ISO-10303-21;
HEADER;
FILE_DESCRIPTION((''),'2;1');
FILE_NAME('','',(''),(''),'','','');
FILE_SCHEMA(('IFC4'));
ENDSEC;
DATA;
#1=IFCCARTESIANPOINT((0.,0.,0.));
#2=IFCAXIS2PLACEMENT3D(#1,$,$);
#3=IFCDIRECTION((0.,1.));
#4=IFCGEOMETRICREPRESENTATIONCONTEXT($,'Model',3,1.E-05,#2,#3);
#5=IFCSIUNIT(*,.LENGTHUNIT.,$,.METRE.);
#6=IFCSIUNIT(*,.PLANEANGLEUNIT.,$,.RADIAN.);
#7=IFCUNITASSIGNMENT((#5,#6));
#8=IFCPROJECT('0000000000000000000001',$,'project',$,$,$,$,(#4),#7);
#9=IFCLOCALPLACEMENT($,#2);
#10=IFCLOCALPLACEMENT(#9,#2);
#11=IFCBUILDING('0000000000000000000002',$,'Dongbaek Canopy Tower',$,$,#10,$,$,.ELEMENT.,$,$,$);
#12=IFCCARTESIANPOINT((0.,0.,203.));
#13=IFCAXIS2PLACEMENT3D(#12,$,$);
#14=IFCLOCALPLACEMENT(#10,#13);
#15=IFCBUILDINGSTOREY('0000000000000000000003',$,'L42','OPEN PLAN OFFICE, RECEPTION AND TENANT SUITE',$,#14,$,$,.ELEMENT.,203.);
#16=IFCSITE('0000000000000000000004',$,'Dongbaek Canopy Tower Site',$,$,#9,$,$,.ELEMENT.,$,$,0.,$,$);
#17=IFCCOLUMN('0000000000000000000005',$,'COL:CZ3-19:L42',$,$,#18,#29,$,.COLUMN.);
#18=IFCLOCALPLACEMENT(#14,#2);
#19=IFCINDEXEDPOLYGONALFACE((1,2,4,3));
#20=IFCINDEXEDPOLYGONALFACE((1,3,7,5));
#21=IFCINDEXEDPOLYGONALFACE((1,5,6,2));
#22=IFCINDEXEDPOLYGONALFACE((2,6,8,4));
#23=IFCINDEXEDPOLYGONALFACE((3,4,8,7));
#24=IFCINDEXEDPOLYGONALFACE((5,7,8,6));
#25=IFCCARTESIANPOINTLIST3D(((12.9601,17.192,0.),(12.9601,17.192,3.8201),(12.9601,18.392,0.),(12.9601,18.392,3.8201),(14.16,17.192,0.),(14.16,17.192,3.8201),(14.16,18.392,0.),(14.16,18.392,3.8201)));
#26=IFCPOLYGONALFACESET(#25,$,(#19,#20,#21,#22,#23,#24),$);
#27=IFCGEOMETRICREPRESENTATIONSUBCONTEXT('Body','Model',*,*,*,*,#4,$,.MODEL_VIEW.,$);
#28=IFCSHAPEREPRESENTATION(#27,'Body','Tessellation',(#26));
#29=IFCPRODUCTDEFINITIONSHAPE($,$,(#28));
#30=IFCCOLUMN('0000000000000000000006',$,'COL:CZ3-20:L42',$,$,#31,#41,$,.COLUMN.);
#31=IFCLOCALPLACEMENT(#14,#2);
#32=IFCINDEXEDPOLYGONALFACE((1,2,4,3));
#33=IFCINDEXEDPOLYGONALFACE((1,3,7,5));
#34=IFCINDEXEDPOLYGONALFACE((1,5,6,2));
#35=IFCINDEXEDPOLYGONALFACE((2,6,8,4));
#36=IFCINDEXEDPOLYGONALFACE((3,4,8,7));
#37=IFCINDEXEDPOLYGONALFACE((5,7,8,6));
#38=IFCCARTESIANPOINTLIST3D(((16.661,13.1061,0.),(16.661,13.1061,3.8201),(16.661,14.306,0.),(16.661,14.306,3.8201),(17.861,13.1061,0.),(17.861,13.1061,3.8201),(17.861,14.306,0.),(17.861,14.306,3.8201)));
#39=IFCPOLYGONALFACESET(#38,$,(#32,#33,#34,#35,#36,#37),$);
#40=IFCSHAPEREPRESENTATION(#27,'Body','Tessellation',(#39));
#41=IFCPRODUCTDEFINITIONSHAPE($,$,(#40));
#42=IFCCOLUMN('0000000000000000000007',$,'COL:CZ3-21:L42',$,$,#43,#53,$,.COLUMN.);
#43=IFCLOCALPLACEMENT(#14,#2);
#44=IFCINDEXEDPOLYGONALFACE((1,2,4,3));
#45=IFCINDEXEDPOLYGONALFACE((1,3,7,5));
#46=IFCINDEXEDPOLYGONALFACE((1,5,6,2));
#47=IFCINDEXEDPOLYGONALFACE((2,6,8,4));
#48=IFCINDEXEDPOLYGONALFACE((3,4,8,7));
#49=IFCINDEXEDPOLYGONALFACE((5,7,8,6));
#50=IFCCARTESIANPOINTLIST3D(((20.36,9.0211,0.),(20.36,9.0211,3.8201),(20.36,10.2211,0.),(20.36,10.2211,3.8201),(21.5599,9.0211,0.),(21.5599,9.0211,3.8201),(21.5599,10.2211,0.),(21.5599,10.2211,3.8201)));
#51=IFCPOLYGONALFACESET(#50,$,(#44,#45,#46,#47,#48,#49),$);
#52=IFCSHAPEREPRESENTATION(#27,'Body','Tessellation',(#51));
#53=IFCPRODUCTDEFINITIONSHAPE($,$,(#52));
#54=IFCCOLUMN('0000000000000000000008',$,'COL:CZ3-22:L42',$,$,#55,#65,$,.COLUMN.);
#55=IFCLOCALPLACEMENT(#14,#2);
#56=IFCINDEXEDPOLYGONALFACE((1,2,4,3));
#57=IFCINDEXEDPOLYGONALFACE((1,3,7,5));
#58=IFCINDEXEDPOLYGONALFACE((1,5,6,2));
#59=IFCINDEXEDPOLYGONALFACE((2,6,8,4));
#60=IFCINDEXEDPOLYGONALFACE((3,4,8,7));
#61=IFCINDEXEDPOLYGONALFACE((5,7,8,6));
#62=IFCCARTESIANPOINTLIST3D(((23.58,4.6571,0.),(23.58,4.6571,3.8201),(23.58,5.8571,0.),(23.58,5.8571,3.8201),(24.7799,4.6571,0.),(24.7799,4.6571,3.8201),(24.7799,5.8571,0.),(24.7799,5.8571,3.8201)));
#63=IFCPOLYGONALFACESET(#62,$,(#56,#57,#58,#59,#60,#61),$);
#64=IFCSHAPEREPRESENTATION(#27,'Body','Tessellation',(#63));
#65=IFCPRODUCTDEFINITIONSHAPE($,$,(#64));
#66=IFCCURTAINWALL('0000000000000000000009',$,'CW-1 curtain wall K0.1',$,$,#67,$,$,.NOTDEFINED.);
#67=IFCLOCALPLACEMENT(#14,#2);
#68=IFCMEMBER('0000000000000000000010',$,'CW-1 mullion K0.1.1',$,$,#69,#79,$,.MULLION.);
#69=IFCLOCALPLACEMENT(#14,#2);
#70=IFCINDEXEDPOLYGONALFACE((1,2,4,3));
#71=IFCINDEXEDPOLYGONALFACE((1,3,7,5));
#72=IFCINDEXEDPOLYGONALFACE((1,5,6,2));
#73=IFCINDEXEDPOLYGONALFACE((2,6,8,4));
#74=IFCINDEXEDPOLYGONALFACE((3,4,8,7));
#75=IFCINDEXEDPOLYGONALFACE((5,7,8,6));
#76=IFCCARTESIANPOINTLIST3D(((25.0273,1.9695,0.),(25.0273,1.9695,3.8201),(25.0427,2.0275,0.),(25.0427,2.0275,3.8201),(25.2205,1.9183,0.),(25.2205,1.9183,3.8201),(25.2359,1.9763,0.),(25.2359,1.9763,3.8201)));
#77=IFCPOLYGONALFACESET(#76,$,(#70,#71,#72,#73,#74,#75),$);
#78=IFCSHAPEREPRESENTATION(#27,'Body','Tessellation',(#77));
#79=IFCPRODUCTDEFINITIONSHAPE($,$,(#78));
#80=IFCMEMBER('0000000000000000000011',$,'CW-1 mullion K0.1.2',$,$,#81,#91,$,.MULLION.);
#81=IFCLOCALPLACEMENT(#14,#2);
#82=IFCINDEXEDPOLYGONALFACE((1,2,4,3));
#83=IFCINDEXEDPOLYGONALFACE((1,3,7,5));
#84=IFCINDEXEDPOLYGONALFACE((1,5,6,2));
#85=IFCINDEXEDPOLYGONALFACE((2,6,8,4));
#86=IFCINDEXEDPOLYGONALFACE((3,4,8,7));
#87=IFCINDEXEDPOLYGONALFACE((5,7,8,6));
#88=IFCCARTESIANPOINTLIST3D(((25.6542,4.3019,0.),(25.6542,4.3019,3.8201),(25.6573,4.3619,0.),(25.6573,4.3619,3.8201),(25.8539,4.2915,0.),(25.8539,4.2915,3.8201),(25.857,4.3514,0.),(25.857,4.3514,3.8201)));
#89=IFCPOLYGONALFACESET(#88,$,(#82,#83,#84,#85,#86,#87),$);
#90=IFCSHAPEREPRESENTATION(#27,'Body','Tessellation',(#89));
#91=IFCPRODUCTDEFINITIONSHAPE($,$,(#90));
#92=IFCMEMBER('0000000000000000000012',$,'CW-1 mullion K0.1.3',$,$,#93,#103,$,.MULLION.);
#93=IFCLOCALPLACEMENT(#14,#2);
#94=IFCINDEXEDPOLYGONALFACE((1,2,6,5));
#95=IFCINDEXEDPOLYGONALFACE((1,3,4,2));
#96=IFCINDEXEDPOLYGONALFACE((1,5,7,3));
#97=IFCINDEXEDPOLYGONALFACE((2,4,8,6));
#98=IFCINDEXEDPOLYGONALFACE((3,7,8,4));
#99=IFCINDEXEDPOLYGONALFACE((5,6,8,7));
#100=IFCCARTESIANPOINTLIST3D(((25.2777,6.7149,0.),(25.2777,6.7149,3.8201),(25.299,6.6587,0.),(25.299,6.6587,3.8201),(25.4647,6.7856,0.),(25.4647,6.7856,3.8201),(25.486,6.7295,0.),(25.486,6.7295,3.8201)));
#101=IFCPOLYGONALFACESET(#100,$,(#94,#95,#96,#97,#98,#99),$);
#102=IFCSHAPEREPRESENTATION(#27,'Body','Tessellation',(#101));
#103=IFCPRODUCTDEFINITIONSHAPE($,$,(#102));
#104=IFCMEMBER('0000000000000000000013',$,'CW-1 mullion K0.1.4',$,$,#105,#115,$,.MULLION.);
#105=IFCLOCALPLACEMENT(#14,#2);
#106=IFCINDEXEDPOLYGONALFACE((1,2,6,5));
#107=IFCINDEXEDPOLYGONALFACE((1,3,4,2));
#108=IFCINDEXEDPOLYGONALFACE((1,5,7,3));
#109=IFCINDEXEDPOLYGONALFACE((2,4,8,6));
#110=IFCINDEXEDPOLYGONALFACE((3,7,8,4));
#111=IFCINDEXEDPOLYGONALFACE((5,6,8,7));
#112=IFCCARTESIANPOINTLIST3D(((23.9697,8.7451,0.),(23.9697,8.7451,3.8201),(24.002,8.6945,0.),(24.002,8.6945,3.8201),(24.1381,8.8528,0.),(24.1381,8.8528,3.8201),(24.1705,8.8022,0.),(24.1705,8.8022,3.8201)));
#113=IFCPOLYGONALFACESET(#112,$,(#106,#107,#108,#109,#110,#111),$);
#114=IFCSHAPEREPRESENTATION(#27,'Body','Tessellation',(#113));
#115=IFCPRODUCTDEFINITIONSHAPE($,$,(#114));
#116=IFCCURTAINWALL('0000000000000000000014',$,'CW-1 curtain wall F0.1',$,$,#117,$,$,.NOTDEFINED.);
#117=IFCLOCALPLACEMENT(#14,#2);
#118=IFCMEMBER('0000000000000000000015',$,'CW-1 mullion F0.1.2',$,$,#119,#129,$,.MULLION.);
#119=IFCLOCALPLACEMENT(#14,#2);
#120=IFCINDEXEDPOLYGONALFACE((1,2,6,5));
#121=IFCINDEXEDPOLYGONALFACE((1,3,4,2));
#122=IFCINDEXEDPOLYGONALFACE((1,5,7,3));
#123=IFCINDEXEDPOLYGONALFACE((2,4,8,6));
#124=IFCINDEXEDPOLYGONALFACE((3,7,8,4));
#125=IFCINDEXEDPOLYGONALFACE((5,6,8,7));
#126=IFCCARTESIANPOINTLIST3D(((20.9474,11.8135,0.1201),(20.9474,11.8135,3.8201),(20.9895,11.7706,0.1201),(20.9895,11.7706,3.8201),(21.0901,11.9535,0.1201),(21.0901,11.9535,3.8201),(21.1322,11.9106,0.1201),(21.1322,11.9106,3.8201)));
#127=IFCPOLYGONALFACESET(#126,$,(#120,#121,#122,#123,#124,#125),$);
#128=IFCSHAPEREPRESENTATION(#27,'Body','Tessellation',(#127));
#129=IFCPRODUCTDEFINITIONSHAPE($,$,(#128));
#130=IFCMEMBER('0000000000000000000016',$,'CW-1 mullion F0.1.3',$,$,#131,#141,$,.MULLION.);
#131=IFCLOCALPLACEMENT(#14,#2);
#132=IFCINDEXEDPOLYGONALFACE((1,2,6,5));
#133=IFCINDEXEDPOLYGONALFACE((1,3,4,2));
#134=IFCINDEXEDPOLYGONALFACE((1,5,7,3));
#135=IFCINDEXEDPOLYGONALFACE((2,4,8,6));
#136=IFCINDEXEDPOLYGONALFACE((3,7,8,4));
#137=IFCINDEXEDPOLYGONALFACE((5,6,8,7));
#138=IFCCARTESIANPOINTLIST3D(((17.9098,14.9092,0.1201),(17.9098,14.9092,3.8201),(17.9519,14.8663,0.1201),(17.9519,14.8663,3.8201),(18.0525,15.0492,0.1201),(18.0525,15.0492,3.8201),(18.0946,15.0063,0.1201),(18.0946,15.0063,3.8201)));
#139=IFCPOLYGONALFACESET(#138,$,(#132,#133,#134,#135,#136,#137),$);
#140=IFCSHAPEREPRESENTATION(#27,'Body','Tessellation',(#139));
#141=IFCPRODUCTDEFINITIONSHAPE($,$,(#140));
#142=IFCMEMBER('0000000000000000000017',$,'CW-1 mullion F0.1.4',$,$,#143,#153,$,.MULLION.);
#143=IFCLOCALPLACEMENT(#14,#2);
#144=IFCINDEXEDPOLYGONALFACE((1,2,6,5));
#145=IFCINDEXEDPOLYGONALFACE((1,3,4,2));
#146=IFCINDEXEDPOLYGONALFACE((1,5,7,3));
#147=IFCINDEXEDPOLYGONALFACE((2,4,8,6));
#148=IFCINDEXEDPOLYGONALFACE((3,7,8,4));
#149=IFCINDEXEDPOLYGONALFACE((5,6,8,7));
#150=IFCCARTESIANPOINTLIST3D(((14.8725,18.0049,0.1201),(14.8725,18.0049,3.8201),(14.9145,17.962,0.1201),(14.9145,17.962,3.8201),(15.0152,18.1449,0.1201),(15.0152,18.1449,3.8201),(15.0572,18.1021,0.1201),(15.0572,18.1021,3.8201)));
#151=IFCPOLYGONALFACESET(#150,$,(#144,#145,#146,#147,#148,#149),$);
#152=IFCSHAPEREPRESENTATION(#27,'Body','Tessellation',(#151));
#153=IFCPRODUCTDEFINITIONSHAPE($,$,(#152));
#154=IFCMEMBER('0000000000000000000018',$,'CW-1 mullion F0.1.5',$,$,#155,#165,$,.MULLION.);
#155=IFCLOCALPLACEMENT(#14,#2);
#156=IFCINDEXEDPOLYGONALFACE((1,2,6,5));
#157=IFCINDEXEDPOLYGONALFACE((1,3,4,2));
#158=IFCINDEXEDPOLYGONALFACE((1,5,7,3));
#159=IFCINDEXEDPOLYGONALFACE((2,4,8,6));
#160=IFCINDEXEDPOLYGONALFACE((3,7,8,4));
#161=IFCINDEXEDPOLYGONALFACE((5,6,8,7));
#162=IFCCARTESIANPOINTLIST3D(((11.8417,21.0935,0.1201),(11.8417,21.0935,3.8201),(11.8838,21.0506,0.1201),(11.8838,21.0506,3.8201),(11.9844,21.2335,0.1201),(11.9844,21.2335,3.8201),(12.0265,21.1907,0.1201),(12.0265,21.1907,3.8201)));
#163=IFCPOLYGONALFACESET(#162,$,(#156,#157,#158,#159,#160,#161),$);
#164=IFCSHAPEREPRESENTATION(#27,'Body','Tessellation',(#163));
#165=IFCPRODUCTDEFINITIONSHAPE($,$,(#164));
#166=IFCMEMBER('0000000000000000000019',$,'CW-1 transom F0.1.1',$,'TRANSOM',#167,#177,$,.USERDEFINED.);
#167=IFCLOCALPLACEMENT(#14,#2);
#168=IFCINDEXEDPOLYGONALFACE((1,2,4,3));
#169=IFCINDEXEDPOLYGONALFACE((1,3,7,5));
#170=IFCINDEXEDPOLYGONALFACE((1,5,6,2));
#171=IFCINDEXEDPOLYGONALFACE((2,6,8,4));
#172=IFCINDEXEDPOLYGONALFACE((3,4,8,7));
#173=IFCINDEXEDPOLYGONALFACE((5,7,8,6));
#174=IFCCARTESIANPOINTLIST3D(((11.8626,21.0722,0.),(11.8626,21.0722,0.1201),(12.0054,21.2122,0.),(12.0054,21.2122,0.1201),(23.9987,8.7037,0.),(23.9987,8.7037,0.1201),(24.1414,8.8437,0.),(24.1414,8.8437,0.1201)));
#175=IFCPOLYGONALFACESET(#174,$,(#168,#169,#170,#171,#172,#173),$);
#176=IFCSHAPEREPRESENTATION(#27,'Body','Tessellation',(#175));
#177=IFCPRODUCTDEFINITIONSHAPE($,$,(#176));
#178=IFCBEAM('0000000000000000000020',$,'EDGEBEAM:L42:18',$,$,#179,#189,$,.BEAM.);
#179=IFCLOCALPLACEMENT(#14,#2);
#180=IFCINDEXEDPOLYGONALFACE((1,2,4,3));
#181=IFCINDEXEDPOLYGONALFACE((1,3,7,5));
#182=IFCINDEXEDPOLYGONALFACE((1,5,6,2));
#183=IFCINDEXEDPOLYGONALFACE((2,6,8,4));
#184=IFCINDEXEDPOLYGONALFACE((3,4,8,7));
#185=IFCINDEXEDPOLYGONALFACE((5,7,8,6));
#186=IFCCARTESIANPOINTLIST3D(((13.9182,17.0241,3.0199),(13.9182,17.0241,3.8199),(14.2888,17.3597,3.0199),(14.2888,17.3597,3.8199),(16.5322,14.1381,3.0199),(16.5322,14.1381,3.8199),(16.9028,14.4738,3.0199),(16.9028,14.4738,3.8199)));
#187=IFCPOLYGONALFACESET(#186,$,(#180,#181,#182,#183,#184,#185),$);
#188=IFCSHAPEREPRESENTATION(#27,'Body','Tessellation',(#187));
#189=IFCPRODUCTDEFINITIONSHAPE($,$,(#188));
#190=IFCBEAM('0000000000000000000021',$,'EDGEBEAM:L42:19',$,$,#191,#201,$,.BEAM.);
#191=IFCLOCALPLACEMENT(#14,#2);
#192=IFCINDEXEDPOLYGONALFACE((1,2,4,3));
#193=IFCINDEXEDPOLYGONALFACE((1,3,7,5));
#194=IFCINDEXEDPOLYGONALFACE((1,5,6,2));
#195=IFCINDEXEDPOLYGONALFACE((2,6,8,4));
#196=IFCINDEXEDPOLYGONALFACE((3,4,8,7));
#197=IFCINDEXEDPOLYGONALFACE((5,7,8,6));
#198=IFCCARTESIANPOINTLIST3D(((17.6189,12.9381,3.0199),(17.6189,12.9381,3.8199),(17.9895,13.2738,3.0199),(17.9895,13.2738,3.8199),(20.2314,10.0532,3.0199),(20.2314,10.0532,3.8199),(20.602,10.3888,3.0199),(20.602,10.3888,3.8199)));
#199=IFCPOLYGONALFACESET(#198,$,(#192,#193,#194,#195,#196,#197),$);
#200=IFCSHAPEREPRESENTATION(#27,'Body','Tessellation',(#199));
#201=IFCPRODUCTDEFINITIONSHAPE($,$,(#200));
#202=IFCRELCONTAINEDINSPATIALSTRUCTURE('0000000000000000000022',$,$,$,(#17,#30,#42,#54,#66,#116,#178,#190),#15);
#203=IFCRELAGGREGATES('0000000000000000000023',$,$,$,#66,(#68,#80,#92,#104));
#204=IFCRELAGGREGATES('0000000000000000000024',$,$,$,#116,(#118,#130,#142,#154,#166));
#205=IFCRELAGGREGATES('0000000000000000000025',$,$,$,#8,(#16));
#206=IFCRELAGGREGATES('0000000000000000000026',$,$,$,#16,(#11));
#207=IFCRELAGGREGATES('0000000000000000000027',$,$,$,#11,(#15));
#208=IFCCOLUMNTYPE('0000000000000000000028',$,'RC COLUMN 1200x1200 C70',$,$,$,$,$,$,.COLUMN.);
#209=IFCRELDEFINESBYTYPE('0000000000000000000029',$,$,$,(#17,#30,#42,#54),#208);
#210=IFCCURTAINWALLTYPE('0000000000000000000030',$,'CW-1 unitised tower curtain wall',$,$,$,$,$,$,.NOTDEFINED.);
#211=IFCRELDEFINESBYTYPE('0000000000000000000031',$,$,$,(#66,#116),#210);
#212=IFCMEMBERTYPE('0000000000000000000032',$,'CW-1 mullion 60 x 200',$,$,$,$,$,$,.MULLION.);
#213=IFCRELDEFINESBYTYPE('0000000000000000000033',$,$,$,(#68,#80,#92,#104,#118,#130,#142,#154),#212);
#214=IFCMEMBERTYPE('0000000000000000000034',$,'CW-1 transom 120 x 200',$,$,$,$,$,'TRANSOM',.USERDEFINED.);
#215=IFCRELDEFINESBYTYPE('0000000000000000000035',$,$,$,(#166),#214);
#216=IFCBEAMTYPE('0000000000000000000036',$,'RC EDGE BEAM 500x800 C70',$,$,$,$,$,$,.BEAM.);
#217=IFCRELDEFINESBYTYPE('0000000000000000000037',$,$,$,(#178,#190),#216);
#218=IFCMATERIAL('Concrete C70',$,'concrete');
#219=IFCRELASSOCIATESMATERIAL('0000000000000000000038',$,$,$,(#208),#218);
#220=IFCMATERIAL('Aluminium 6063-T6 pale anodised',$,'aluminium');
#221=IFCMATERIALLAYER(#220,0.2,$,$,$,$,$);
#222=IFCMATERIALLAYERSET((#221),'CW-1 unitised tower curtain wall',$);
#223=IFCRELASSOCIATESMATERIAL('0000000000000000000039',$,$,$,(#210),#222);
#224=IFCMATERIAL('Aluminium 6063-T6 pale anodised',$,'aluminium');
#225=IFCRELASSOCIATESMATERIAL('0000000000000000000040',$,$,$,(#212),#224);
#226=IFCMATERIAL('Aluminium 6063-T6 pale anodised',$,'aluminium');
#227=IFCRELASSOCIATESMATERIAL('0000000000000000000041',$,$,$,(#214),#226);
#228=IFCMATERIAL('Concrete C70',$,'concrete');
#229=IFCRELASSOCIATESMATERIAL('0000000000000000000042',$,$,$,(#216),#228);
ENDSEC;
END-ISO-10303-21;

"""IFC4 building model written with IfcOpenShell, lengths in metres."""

from ifc_helpers import new_model, si_unit, direction, frame, origin, origin_2d, place, context, subcontext, project, spatial, rectangle, extrude, material, layer, layer_set, material_profile, profile_set, type_object, element, aggregate, save


model = new_model("IFC4")

# Units and contexts
model_context = context("Model", 3, precision=1e-05, world=origin(), true_north=direction((0.0, 1.0)))
body_context = subcontext(model_context, "Body", "Model", "MODEL_VIEW")
ifc_project = project(units=[si_unit("LENGTHUNIT", "METRE"), si_unit("PLANEANGLEUNIT", "RADIAN")], contexts=[model_context])

# Site, building, storey
site_placement = place(None, origin())
site = spatial("IfcSite", under=ifc_project, at=site_placement, Name="Dongbaek Canopy Tower Site", CompositionType="ELEMENT", RefElevation=0.0)
building_placement = place(site_placement, origin())
building = spatial("IfcBuilding", under=site, at=building_placement, Name="Dongbaek Canopy Tower", CompositionType="ELEMENT")
storey_placement = place(building_placement, frame((0.0, 0.0, 203.0)))
storey = spatial("IfcBuildingStorey", under=building, at=storey_placement, Name="L42", Description="OPEN PLAN OFFICE, RECEPTION AND TENANT SUITE", CompositionType="ELEMENT", Elevation=203.0)

# Columns
ifc_material_1 = material(Name="Concrete C70", Category="concrete")
ifc_material_profile_1 = material_profile(ifc_material_1, rectangle(XDim=1.2, YDim=1.2, at=origin_2d()), Name="RC COLUMN 1200x1200 C70")
ifc_profile_set_1 = profile_set([ifc_material_profile_1], Name="Concrete C70")
column_type = type_object("IfcColumnType", Name="RC COLUMN 1200x1200 C70", PredefinedType="COLUMN", material=ifc_profile_set_1)
for number, where, z_axis, x_axis, name in (
    (1, (13.5601, 17.792, 0.0), (0.0, 0.0, 1.0), (1.0, 0.0, 0.0), "COL:CZ3-19:L42"),
    (2, (17.261, 13.7061, 0.0), (0.0, 0.0, 1.0), (1.0, 0.0, 0.0), "COL:CZ3-20:L42"),
    (3, (20.96, 9.6211, 0.0), (0.0, 0.0, 1.0), (1.0, 0.0, 0.0), "COL:CZ3-21:L42"),
    (4, (24.1799, 5.2571, 0.0), (0.0, 0.0, 1.0), (1.0, 0.0, 0.0), "COL:CZ3-22:L42"),
):
    element("IfcColumn", number, at=place(storey_placement, frame(where, z_axis=z_axis, x_axis=x_axis)), inside=storey, type_object=column_type, Name=name, PredefinedType="COLUMN", context=body_context, shape_type="SweptSolid", body=[
        extrude(rectangle(XDim=1.2, YDim=1.2, at=origin_2d()), origin(), (0.0, 0.0, 1.0), 3.8201),
    ])

# Curtain walls, members
ifc_material_2 = material(Name="Aluminium 6063-T6 pale anodised", Category="aluminium")
ifc_layer_1 = layer(ifc_material_2, 0.2)
ifc_layer_set_1 = layer_set([ifc_layer_1], Name="CW-1 unitised tower curtain wall")
curtain_wall_type = type_object("IfcCurtainWallType", Name="CW-1 unitised tower curtain wall", PredefinedType="NOTDEFINED", material=ifc_layer_set_1)
curtain_wall_1_placement = place(storey_placement, origin())
curtain_wall_1 = element("IfcCurtainWall", 5, at=curtain_wall_1_placement, inside=storey, type_object=curtain_wall_type, Name="CW-1 curtain wall K0.1", PredefinedType="NOTDEFINED")
ifc_material_3 = material(Name="Aluminium 6063-T6 pale anodised", Category="aluminium")
ifc_material_profile_2 = material_profile(ifc_material_3, rectangle(XDim=0.2, YDim=0.0601, at=origin_2d()), Name="CW-1 mullion 60 x 200")
ifc_profile_set_2 = profile_set([ifc_material_profile_2], Name="Aluminium 6063-T6 pale anodised")
member_type_1 = type_object("IfcMemberType", Name="CW-1 mullion 60 x 200", PredefinedType="MULLION", material=ifc_profile_set_2)
member_1_placement = place(storey_placement, frame((25.1316, 1.9729, 0.0), z_axis=(0.0, 0.0, 1.0), x_axis=(0.966599, -0.256293, 0.0)))
member_1 = element("IfcMember", 6, at=member_1_placement, type_object=member_type_1, Name="CW-1 mullion K0.1.1", PredefinedType="MULLION", context=body_context, shape_type="SweptSolid", body=[
    extrude(rectangle(XDim=0.2, YDim=0.0601, at=origin_2d()), origin(), (0.0, 0.0, 1.0), 3.8201),
])
member_2_placement = place(storey_placement, frame((25.7556, 4.3267, 0.0), z_axis=(0.0, 0.0, 1.0), x_axis=(0.99864, -0.052142, 0.0)))
member_2 = element("IfcMember", 7, at=member_2_placement, type_object=member_type_1, Name="CW-1 mullion K0.1.2", PredefinedType="MULLION", context=body_context, shape_type="SweptSolid", body=[
    extrude(rectangle(XDim=0.2, YDim=0.0601, at=origin_2d()), origin(), (0.0, 0.0, 1.0), 3.8201),
])
member_3_placement = place(storey_placement, frame((25.3818, 6.7222, 0.0), z_axis=(0.0, 0.0, 1.0), x_axis=(0.935235, 0.354027, 0.0)))
member_3 = element("IfcMember", 8, at=member_3_placement, type_object=member_type_1, Name="CW-1 mullion K0.1.3", PredefinedType="MULLION", context=body_context, shape_type="SweptSolid", body=[
    extrude(rectangle(XDim=0.2, YDim=0.0601, at=origin_2d()), origin(), (0.0, 0.0, 1.0), 3.8201),
])
member_4_placement = place(storey_placement, frame((24.0701, 8.7737, 0.0), z_axis=(0.0, 0.0, 1.0), x_axis=(0.842498, 0.5387, 0.0)))
member_4 = element("IfcMember", 9, at=member_4_placement, type_object=member_type_1, Name="CW-1 mullion K0.1.4", PredefinedType="MULLION", context=body_context, shape_type="SweptSolid", body=[
    extrude(rectangle(XDim=0.2, YDim=0.0601, at=origin_2d()), origin(), (0.0, 0.0, 1.0), 3.8201),
])
curtain_wall_2_placement = place(storey_placement, origin())
curtain_wall_2 = element("IfcCurtainWall", 10, at=curtain_wall_2_placement, inside=storey, type_object=curtain_wall_type, Name="CW-1 curtain wall F0.1", PredefinedType="NOTDEFINED")
member_5_placement = place(storey_placement, frame((21.0398, 11.8621, 0.1201), z_axis=(0.0, 0.0, 1.0), x_axis=(0.713782, 0.700368, 0.0)))
member_5 = element("IfcMember", 11, at=member_5_placement, type_object=member_type_1, Name="CW-1 mullion F0.1.2", PredefinedType="MULLION", context=body_context, shape_type="SweptSolid", body=[
    extrude(rectangle(XDim=0.2, YDim=0.0601, at=origin_2d()), origin(), (0.0, 0.0, 1.0), 3.7),
])
member_6_placement = place(storey_placement, frame((18.0022, 14.9578, 0.1201), z_axis=(0.0, 0.0, 1.0), x_axis=(0.713782, 0.700368, 0.0)))
member_6 = element("IfcMember", 12, at=member_6_placement, type_object=member_type_1, Name="CW-1 mullion F0.1.3", PredefinedType="MULLION", context=body_context, shape_type="SweptSolid", body=[
    extrude(rectangle(XDim=0.2, YDim=0.0601, at=origin_2d()), origin(), (0.0, 0.0, 1.0), 3.7),
])
member_7_placement = place(storey_placement, frame((14.9648, 18.0535, 0.1201), z_axis=(0.0, 0.0, 1.0), x_axis=(0.713782, 0.700368, 0.0)))
member_7 = element("IfcMember", 13, at=member_7_placement, type_object=member_type_1, Name="CW-1 mullion F0.1.4", PredefinedType="MULLION", context=body_context, shape_type="SweptSolid", body=[
    extrude(rectangle(XDim=0.2, YDim=0.0601, at=origin_2d()), origin(), (0.0, 0.0, 1.0), 3.7),
])
member_8_placement = place(storey_placement, frame((11.9341, 21.1421, 0.1201), z_axis=(0.0, 0.0, 1.0), x_axis=(0.713782, 0.700368, 0.0)))
member_8 = element("IfcMember", 14, at=member_8_placement, type_object=member_type_1, Name="CW-1 mullion F0.1.5", PredefinedType="MULLION", context=body_context, shape_type="SweptSolid", body=[
    extrude(rectangle(XDim=0.2, YDim=0.0601, at=origin_2d()), origin(), (0.0, 0.0, 1.0), 3.7),
])
ifc_material_4 = material(Name="Aluminium 6063-T6 pale anodised", Category="aluminium")
ifc_material_profile_3 = material_profile(ifc_material_4, rectangle(XDim=0.2, YDim=0.1201, at=origin_2d()), Name="CW-1 transom 120 x 200")
ifc_profile_set_3 = profile_set([ifc_material_profile_3], Name="Aluminium 6063-T6 pale anodised")
member_type_2 = type_object("IfcMemberType", Name="CW-1 transom 120 x 200", ElementType="TRANSOM", PredefinedType="USERDEFINED", material=ifc_profile_set_3)
member_9_placement = place(storey_placement, frame((24.0701, 8.7737, 0.0601), z_axis=(-0.700368, 0.713782, 0.0), x_axis=(-0.713782, -0.700368, 0.0)))
member_9 = element("IfcMember", 15, at=member_9_placement, type_object=member_type_2, Name="CW-1 transom F0.1.1", ObjectType="TRANSOM", PredefinedType="USERDEFINED", context=body_context, shape_type="SweptSolid", body=[
    extrude(rectangle(XDim=0.2, YDim=0.1201, at=origin_2d()), origin(), (0.0, 0.0, 1.0), 17.3281),
])

# Beams
ifc_material_5 = material(Name="Concrete C70", Category="concrete")
ifc_material_profile_4 = material_profile(ifc_material_5, rectangle(XDim=0.5, YDim=0.8, at=origin_2d()), Name="RC EDGE BEAM 500x800 C70")
ifc_profile_set_4 = profile_set([ifc_material_profile_4], Name="Concrete C70")
beam_type = type_object("IfcBeamType", Name="RC EDGE BEAM 500x800 C70", PredefinedType="BEAM", material=ifc_profile_set_4)
beam_1_placement = place(storey_placement, frame((14.1035, 17.1919, 3.4199), z_axis=(0.67132, -0.741167, 0.0), x_axis=(0.741167, 0.67132, 0.0)))
element("IfcBeam", 16, at=beam_1_placement, inside=storey, type_object=beam_type, Name="EDGEBEAM:L42:18", PredefinedType="BEAM", context=body_context, shape_type="SweptSolid", body=[
    extrude(rectangle(XDim=0.5, YDim=0.8, at=origin_2d()), origin(), (0.0, 0.0, 1.0), 3.8938),
])
beam_2_placement = place(storey_placement, frame((17.8042, 13.106, 3.4199), z_axis=(0.671238, -0.741241, 0.0), x_axis=(0.741241, 0.671238, 0.0)))
element("IfcBeam", 17, at=beam_2_placement, inside=storey, type_object=beam_type, Name="EDGEBEAM:L42:19", PredefinedType="BEAM", context=body_context, shape_type="SweptSolid", body=[
    extrude(rectangle(XDim=0.5, YDim=0.8, at=origin_2d()), origin(), (0.0, 0.0, 1.0), 3.8921),
])

aggregate(curtain_wall_1, [member_1, member_2, member_3, member_4])
aggregate(curtain_wall_2, [member_5, member_6, member_7, member_8, member_9])

save(model, "model.ifc")
